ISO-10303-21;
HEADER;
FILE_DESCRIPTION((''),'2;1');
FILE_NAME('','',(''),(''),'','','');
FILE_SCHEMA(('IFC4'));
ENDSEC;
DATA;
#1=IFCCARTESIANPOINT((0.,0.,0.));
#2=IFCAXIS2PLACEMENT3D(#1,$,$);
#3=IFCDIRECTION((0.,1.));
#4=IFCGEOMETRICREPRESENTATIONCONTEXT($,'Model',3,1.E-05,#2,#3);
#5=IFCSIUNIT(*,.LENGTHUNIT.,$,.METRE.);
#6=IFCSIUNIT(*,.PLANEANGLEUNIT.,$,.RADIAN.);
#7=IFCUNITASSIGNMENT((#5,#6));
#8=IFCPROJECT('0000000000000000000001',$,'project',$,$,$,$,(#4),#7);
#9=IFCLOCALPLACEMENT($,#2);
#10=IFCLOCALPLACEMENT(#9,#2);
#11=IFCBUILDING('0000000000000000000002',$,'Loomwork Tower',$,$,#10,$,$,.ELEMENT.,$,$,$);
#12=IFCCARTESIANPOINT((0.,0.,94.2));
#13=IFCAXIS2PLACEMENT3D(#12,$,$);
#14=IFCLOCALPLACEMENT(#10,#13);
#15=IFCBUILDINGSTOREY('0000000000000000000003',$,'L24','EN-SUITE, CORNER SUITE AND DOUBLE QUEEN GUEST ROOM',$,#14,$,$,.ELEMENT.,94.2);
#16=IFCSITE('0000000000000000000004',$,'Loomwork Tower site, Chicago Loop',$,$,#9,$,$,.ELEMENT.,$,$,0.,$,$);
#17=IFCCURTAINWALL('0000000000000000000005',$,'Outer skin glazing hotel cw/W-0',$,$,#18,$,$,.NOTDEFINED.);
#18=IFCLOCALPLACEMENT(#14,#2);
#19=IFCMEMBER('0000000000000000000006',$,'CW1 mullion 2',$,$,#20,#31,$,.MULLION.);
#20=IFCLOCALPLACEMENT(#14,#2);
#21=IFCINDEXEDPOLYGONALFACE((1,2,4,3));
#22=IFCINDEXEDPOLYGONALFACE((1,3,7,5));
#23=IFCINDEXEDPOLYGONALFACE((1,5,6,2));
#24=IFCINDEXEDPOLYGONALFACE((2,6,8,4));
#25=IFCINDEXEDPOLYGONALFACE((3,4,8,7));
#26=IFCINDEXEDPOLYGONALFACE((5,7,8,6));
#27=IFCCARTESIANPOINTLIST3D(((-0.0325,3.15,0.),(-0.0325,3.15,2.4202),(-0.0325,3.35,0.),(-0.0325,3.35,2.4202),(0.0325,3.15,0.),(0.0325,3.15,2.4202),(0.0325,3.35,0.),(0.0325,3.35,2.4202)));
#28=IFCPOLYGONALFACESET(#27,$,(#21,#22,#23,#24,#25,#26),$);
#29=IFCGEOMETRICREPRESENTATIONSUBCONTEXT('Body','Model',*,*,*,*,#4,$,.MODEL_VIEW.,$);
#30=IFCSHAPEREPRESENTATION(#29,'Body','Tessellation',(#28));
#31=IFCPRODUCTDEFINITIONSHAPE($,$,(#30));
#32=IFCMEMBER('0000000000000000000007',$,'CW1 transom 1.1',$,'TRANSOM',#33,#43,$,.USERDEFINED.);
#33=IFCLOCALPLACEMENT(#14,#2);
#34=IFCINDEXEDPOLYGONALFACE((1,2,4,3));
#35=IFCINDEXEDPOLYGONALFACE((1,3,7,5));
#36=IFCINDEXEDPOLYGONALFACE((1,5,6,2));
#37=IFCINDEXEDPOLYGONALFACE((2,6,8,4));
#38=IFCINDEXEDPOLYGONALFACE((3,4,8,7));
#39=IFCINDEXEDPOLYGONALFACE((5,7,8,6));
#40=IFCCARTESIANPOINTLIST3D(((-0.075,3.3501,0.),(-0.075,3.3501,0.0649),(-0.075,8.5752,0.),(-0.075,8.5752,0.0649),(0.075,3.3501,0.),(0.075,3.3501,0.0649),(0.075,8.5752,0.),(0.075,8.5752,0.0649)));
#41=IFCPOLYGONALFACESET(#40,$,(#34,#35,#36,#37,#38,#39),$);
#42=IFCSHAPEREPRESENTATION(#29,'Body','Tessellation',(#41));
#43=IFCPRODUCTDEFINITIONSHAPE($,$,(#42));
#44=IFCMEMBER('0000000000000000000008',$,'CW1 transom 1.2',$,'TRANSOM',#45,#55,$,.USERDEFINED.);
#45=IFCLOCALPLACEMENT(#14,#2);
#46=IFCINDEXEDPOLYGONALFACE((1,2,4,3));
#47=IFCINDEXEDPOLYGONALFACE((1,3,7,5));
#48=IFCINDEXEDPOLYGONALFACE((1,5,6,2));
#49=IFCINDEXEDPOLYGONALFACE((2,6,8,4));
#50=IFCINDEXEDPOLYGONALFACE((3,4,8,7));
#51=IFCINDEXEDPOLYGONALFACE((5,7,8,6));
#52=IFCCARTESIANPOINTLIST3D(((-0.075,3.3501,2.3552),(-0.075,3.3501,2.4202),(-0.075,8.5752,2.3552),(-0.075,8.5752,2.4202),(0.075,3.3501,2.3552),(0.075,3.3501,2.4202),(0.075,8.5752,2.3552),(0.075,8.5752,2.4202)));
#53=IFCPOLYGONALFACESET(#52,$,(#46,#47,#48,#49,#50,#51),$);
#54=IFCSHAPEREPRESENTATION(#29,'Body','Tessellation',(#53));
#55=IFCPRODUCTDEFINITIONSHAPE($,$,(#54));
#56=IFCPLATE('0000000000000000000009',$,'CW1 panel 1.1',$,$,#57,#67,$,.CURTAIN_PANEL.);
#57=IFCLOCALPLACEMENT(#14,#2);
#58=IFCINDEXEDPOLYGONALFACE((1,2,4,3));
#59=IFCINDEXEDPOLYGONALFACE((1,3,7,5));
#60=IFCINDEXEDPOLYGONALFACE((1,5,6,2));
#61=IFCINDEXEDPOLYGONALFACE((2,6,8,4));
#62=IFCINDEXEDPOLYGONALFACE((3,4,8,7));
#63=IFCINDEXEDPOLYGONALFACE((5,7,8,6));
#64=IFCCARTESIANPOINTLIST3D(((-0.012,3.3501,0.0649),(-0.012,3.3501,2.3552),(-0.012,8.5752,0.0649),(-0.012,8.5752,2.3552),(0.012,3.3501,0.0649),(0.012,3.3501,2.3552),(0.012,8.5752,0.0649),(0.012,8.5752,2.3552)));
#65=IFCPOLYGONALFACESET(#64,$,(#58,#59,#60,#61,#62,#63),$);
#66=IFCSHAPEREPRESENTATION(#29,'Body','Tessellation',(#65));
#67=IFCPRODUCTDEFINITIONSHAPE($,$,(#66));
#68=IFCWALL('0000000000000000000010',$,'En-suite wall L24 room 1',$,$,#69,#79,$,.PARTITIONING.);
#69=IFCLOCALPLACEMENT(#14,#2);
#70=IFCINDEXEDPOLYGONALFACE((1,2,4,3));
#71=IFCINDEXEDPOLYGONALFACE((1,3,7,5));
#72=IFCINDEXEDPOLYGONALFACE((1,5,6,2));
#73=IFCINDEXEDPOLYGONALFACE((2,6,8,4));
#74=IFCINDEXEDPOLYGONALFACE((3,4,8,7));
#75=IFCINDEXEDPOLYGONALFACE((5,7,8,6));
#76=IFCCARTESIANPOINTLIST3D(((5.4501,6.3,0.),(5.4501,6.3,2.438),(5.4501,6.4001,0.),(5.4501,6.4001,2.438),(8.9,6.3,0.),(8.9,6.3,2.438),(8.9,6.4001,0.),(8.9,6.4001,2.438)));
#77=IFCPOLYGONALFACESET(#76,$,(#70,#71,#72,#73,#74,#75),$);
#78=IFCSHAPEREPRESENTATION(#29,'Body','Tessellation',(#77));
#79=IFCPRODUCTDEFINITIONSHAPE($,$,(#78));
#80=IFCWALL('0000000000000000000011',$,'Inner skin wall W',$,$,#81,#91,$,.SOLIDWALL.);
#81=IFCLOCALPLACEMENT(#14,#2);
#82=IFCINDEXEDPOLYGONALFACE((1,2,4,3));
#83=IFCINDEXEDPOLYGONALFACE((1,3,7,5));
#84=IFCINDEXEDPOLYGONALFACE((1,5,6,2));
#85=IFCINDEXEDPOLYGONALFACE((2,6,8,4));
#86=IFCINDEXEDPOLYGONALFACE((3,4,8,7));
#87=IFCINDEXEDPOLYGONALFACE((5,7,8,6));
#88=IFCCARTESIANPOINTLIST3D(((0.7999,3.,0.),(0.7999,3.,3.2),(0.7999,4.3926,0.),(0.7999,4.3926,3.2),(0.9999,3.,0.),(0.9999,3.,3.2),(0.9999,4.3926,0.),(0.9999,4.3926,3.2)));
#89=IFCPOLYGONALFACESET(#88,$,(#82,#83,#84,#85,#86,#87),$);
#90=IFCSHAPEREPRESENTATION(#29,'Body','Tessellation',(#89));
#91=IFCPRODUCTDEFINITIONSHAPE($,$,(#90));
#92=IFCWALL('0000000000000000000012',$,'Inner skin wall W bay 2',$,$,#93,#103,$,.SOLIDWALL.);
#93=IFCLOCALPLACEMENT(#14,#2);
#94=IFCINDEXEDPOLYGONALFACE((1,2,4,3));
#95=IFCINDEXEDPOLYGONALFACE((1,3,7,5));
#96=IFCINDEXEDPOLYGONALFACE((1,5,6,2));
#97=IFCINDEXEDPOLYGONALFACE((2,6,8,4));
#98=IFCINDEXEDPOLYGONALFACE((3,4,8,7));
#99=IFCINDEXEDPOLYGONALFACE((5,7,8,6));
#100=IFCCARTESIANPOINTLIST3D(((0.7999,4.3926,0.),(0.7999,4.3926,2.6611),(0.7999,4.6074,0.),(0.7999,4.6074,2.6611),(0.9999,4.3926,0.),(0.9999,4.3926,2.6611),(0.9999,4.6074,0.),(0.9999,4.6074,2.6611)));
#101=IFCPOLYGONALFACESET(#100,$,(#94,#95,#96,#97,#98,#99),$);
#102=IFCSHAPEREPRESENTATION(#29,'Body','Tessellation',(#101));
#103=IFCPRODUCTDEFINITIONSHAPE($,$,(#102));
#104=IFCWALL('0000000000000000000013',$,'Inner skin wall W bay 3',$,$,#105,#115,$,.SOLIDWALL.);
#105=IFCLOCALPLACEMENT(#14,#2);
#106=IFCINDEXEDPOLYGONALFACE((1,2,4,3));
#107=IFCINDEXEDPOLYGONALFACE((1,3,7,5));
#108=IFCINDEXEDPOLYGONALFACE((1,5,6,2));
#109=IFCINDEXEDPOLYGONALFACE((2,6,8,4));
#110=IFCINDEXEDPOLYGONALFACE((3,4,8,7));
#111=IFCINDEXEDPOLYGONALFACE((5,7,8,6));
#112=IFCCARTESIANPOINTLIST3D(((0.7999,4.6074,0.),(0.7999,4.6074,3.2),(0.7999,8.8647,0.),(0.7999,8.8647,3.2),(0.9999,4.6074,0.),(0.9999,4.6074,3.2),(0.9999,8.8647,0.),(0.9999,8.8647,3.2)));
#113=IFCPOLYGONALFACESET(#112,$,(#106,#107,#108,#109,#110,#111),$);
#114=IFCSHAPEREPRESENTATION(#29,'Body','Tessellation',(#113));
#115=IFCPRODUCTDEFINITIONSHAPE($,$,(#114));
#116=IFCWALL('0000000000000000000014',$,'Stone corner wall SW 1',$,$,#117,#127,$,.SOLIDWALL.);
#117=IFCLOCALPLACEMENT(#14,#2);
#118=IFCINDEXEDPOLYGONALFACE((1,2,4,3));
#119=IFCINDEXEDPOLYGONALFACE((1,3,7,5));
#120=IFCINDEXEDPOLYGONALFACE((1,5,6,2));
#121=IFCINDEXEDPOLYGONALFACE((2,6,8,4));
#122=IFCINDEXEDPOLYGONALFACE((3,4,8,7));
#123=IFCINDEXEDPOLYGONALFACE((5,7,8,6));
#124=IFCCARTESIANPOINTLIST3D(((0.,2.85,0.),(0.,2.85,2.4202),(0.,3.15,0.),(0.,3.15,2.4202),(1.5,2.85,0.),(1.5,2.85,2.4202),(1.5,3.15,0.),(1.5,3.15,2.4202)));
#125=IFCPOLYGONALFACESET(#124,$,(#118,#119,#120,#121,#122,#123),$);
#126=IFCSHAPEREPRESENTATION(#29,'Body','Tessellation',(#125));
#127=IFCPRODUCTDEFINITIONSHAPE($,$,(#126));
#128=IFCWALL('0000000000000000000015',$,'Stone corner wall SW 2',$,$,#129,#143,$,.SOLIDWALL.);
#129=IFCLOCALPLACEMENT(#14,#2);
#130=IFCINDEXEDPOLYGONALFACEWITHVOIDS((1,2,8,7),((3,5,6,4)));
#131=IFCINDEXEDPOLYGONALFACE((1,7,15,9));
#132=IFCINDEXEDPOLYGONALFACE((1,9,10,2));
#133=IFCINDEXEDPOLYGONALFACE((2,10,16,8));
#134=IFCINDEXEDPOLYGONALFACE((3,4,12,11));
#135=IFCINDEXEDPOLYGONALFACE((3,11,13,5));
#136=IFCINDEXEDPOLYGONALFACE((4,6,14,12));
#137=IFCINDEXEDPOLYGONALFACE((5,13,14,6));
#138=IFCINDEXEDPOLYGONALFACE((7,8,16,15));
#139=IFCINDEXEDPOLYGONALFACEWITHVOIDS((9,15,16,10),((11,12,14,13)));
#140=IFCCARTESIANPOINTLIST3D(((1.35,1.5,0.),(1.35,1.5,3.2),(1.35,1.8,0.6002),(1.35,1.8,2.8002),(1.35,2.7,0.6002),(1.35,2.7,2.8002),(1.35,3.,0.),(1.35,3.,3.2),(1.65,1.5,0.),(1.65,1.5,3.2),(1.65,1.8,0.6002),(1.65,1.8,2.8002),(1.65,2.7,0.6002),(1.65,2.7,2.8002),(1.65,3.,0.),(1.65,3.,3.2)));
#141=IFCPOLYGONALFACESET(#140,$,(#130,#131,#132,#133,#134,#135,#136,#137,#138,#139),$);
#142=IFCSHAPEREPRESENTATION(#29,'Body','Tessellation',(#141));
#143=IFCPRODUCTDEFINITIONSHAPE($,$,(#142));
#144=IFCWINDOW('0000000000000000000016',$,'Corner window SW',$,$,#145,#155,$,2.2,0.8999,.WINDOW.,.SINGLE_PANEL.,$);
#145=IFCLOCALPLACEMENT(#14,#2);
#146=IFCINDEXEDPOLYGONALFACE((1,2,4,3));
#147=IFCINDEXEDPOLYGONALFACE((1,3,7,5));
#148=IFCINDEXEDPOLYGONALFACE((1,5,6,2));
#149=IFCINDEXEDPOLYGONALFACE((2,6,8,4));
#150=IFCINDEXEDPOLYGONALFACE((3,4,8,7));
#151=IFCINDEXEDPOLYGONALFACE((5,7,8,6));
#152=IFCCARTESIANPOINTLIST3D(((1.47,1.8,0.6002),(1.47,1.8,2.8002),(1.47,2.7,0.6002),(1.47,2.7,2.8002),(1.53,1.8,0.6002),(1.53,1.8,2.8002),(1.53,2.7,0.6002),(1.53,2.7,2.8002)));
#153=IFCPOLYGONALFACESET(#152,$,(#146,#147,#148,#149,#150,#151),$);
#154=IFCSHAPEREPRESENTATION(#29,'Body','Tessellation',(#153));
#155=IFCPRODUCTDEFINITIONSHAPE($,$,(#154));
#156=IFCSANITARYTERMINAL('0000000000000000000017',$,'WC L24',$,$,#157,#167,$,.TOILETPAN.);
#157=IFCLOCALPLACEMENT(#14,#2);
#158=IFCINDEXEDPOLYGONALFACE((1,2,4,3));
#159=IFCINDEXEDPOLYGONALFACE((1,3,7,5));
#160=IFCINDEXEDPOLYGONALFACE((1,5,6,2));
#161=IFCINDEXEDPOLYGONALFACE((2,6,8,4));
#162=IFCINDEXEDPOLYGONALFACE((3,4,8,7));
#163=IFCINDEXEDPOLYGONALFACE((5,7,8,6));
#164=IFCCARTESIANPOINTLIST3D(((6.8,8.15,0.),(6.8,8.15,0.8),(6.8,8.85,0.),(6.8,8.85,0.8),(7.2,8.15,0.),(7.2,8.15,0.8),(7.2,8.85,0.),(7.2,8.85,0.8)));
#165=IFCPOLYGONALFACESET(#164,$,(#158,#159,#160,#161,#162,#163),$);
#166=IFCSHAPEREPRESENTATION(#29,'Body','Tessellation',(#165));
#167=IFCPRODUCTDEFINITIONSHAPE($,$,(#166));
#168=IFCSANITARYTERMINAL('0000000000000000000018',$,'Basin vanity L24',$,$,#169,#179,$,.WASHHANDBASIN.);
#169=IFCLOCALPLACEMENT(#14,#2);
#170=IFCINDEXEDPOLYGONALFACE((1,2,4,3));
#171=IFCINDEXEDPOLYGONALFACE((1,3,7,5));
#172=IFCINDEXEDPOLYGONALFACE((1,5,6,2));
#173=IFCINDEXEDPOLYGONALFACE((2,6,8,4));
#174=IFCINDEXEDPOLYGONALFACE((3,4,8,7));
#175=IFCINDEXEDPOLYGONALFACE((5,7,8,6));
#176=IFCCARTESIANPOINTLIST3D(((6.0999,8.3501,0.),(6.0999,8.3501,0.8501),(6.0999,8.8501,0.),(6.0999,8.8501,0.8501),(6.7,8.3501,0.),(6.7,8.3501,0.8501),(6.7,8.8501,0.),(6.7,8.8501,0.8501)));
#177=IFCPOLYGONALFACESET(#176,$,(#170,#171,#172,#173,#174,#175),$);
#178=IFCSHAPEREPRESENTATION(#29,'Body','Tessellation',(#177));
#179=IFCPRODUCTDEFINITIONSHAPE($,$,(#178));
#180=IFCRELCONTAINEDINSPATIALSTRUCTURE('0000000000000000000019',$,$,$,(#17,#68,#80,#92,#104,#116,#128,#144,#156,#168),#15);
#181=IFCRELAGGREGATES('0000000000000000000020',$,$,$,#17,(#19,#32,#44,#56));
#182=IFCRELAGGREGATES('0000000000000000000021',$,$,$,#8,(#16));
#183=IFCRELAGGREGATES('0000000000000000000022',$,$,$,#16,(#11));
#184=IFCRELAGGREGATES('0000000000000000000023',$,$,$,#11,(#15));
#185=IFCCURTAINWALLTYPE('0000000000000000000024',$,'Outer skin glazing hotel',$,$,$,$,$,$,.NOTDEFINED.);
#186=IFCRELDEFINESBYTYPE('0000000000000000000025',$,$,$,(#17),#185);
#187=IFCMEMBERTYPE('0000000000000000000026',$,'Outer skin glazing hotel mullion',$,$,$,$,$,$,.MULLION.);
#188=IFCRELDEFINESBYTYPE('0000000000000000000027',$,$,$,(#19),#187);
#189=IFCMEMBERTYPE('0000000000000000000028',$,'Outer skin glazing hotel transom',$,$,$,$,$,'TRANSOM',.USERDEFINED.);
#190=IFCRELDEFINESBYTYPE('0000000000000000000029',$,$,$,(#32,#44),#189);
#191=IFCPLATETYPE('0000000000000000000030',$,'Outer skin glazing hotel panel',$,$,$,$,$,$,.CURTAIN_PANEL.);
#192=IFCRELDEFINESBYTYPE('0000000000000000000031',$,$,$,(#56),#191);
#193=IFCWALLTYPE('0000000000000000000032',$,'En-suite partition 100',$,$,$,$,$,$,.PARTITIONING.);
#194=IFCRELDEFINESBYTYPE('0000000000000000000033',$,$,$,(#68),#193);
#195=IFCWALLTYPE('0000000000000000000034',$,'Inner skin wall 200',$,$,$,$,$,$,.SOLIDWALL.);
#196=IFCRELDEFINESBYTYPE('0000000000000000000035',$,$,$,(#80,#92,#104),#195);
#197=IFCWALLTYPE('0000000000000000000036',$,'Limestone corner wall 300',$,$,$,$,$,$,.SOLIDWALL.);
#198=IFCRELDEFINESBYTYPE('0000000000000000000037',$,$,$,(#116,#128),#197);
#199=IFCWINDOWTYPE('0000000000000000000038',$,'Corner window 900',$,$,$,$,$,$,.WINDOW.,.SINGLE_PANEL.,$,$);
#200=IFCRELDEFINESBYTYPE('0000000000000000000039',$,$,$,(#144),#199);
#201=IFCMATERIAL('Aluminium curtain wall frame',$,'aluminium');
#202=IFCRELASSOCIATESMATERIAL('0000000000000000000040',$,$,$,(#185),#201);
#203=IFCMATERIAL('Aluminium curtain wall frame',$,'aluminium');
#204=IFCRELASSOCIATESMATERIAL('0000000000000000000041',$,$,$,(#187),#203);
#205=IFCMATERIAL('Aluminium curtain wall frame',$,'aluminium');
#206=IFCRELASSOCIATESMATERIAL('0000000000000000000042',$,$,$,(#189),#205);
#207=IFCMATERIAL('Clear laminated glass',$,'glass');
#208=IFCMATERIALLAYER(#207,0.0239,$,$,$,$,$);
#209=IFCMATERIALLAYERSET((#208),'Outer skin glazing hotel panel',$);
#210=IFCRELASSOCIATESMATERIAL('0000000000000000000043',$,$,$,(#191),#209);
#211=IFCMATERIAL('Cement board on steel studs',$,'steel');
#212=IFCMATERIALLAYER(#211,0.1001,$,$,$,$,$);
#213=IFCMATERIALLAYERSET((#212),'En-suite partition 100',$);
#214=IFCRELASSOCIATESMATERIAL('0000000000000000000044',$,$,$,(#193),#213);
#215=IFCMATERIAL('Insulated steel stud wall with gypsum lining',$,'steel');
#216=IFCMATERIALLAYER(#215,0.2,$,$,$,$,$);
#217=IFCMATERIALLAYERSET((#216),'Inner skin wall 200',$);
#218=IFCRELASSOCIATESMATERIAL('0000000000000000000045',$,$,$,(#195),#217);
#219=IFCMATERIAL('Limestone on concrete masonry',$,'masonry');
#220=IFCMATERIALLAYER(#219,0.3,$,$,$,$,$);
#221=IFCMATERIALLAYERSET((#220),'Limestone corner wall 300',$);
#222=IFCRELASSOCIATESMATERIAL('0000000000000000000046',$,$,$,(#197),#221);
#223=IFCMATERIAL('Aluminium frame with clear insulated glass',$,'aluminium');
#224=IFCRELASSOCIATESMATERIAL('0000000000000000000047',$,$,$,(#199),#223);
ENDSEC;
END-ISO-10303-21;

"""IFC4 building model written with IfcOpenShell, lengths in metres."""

from ifc_helpers import new_model, si_unit, direction, frame, frame_2d, origin, origin_2d, place, context, subcontext, project, spatial, rectangle, extrude, material, layer, layer_set, material_profile, profile_set, type_object, element, fill, aggregate, save


model = new_model("IFC4")

# Units and contexts
model_context = context("Model", 3, precision=1e-05, world=origin(), true_north=direction((0.0, 1.0)))
body_context = subcontext(model_context, "Body", "Model", "MODEL_VIEW")
ifc_project = project(units=[si_unit("LENGTHUNIT", "METRE"), si_unit("PLANEANGLEUNIT", "RADIAN")], contexts=[model_context])

# Site, building, storey
site_placement = place(None, origin())
site = spatial("IfcSite", under=ifc_project, at=site_placement, Name="Loomwork Tower site, Chicago Loop", CompositionType="ELEMENT", RefElevation=0.0)
building_placement = place(site_placement, origin())
building = spatial("IfcBuilding", under=site, at=building_placement, Name="Loomwork Tower", CompositionType="ELEMENT")
storey_placement = place(building_placement, frame((0.0, 0.0, 94.2)))
storey = spatial("IfcBuildingStorey", under=building, at=storey_placement, Name="L24", Description="EN-SUITE, CORNER SUITE AND DOUBLE QUEEN GUEST ROOM", CompositionType="ELEMENT", Elevation=94.2)

# Curtain wall, members, plate
ifc_material_1 = material(Name="Aluminium curtain wall frame", Category="aluminium")
curtain_wall_type = type_object("IfcCurtainWallType", Name="Outer skin glazing hotel", PredefinedType="NOTDEFINED", material=ifc_material_1)
curtain_wall_placement = place(storey_placement, origin())
curtain_wall = element("IfcCurtainWall", 1, at=curtain_wall_placement, inside=storey, type_object=curtain_wall_type, Name="Outer skin glazing hotel cw/W-0", PredefinedType="NOTDEFINED")
ifc_material_2 = material(Name="Aluminium curtain wall frame", Category="aluminium")
ifc_material_profile_1 = material_profile(ifc_material_2, rectangle(XDim=0.0649, YDim=0.2, at=origin_2d()), Name="AL 65x200")
ifc_profile_set_1 = profile_set([ifc_material_profile_1], Name="Aluminium curtain wall frame")
member_type_1 = type_object("IfcMemberType", Name="Outer skin glazing hotel mullion", PredefinedType="MULLION", material=ifc_profile_set_1)
member_1_placement = place(storey_placement, frame((0.0, 3.25, 0.0), z_axis=(0.0, 0.0, 1.0), x_axis=(1.0, 0.0, 0.0)))
member_1 = element("IfcMember", 2, at=member_1_placement, type_object=member_type_1, Name="CW1 mullion 2", PredefinedType="MULLION", context=body_context, shape_type="SweptSolid", body=[
    extrude(rectangle(XDim=0.0649, YDim=0.2, at=origin_2d()), origin(), (0.0, 0.0, 1.0), 2.4202),
])
ifc_material_3 = material(Name="Aluminium curtain wall frame", Category="aluminium")
ifc_material_profile_2 = material_profile(ifc_material_3, rectangle(XDim=0.1499, YDim=0.0649, at=origin_2d()), Name="AL 65x150")
ifc_profile_set_2 = profile_set([ifc_material_profile_2], Name="Aluminium curtain wall frame")
member_type_2 = type_object("IfcMemberType", Name="Outer skin glazing hotel transom", ElementType="TRANSOM", PredefinedType="USERDEFINED", material=ifc_profile_set_2)
member_2_placement = place(storey_placement, frame((0.0, 8.5752, 0.0325), z_axis=(0.0, -1.0, 0.0), x_axis=(1.0, 0.0, 0.0)))
member_2 = element("IfcMember", 3, at=member_2_placement, type_object=member_type_2, Name="CW1 transom 1.1", ObjectType="TRANSOM", PredefinedType="USERDEFINED", context=body_context, shape_type="SweptSolid", body=[
    extrude(rectangle(XDim=0.1499, YDim=0.0649, at=origin_2d()), origin(), (0.0, 0.0, 1.0), 5.2251),
])
member_3_placement = place(storey_placement, frame((0.0, 8.5752, 2.3877), z_axis=(0.0, -1.0, 0.0), x_axis=(1.0, 0.0, 0.0)))
member_3 = element("IfcMember", 4, at=member_3_placement, type_object=member_type_2, Name="CW1 transom 1.2", ObjectType="TRANSOM", PredefinedType="USERDEFINED", context=body_context, shape_type="SweptSolid", body=[
    extrude(rectangle(XDim=0.1499, YDim=0.0649, at=origin_2d()), origin(), (0.0, 0.0, 1.0), 5.2251),
])
ifc_material_4 = material(Name="Clear laminated glass", Category="glass")
ifc_layer_1 = layer(ifc_material_4, 0.0239)
ifc_layer_set_1 = layer_set([ifc_layer_1], Name="Outer skin glazing hotel panel")
plate_type = type_object("IfcPlateType", Name="Outer skin glazing hotel panel", PredefinedType="CURTAIN_PANEL", material=ifc_layer_set_1)
plate_placement = place(storey_placement, frame((0.0, 5.9626, 0.0649), z_axis=(0.0, 0.0, 1.0), x_axis=(0.0, -1.0, 0.0)))
plate = element("IfcPlate", 5, at=plate_placement, type_object=plate_type, Name="CW1 panel 1.1", PredefinedType="CURTAIN_PANEL", context=body_context, shape_type="SweptSolid", body=[
    extrude(rectangle(XDim=5.2251, YDim=0.0239, at=origin_2d()), origin(), (0.0, 0.0, 1.0), 2.2903),
])
aggregate(curtain_wall, [member_1, member_2, member_3, plate])

# Walls
ifc_material_5 = material(Name="Cement board on steel studs", Category="steel")
ifc_layer_2 = layer(ifc_material_5, 0.1001)
ifc_layer_set_2 = layer_set([ifc_layer_2], Name="En-suite partition 100")
wall_type_1 = type_object("IfcWallType", Name="En-suite partition 100", PredefinedType="PARTITIONING", material=ifc_layer_set_2)
wall_1_placement = place(storey_placement, frame((5.45, 6.3501, 0.0), z_axis=(0.0, 0.0, 1.0), x_axis=(1.0, 0.0, 0.0)))
element("IfcWall", 6, at=wall_1_placement, inside=storey, type_object=wall_type_1, Name="En-suite wall L24 room 1", PredefinedType="PARTITIONING", context=body_context, shape_type="SweptSolid", body=[
    extrude(rectangle(XDim=3.45, YDim=0.1001, at=frame_2d((1.7251, 0.0))), origin(), (0.0, 0.0, 1.0), 2.438),
])
ifc_material_6 = material(Name="Insulated steel stud wall with gypsum lining", Category="steel")
ifc_layer_3 = layer(ifc_material_6, 0.2)
ifc_layer_set_3 = layer_set([ifc_layer_3], Name="Inner skin wall 200")
wall_type_2 = type_object("IfcWallType", Name="Inner skin wall 200", PredefinedType="SOLIDWALL", material=ifc_layer_set_3)
wall_2_placement = place(storey_placement, frame((0.8999, 3.0, 0.0), z_axis=(0.0, 0.0, 1.0), x_axis=(0.0, 1.0, 0.0)))
element("IfcWall", 7, at=wall_2_placement, inside=storey, type_object=wall_type_2, Name="Inner skin wall W", PredefinedType="SOLIDWALL", context=body_context, shape_type="SweptSolid", body=[
    extrude(rectangle(XDim=1.3926, YDim=0.2, at=frame_2d((0.6963, 0.0))), origin(), (0.0, 0.0, 1.0), 3.2),
])
wall_3_placement = place(storey_placement, frame((0.8999, 4.3926, 0.0), z_axis=(0.0, 0.0, 1.0), x_axis=(0.0, 1.0, 0.0)))
element("IfcWall", 8, at=wall_3_placement, inside=storey, type_object=wall_type_2, Name="Inner skin wall W bay 2", PredefinedType="SOLIDWALL", context=body_context, shape_type="SweptSolid", body=[
    extrude(rectangle(XDim=0.2148, YDim=0.2, at=frame_2d((0.1074, 0.0))), origin(), (0.0, 0.0, 1.0), 2.6611),
])
wall_4_placement = place(storey_placement, frame((0.8999, 4.6074, 0.0), z_axis=(0.0, 0.0, 1.0), x_axis=(0.0, 1.0, 0.0)))
element("IfcWall", 9, at=wall_4_placement, inside=storey, type_object=wall_type_2, Name="Inner skin wall W bay 3", PredefinedType="SOLIDWALL", context=body_context, shape_type="SweptSolid", body=[
    extrude(rectangle(XDim=4.2573, YDim=0.2, at=frame_2d((2.1287, 0.0))), origin(), (0.0, 0.0, 1.0), 3.2),
])
ifc_material_7 = material(Name="Limestone on concrete masonry", Category="masonry")
ifc_layer_4 = layer(ifc_material_7, 0.3)
ifc_layer_set_4 = layer_set([ifc_layer_4], Name="Limestone corner wall 300")
wall_type_3 = type_object("IfcWallType", Name="Limestone corner wall 300", PredefinedType="SOLIDWALL", material=ifc_layer_set_4)
wall_5_placement = place(storey_placement, frame((0.0, 3.0, 0.0), z_axis=(0.0, 0.0, 1.0), x_axis=(1.0, 0.0, 0.0)))
element("IfcWall", 10, at=wall_5_placement, inside=storey, type_object=wall_type_3, Name="Stone corner wall SW 1", PredefinedType="SOLIDWALL", context=body_context, shape_type="SweptSolid", body=[
    extrude(rectangle(XDim=1.5, YDim=0.3, at=frame_2d((0.75, 0.0))), origin(), (0.0, 0.0, 1.0), 2.4202),
])

# Wall, opening, window
wall_6_placement = place(storey_placement, frame((1.5, 3.0, 0.0), z_axis=(0.0, 0.0, 1.0), x_axis=(0.0, -1.0, 0.0)))
wall_6 = element("IfcWall", 11, at=wall_6_placement, inside=storey, type_object=wall_type_3, Name="Stone corner wall SW 2", PredefinedType="SOLIDWALL", context=body_context, shape_type="SweptSolid", body=[
    extrude(rectangle(XDim=1.5, YDim=0.3, at=frame_2d((0.75, 0.0))), origin(), (0.0, 0.0, 1.0), 3.2),
])
opening_placement = place(wall_6_placement, frame((0.3, 0.0, 0.6001)))
opening = element("IfcOpeningElement", 12, at=opening_placement, cuts=wall_6, PredefinedType="OPENING", context=body_context, shape_type="SweptSolid", body=[
    extrude(rectangle(XDim=0.8999, YDim=2.2, at=frame_2d((0.45, 1.1001))), frame((0.0, 0.1599, 0.0), z_axis=(0.0, -1.0, 0.0), x_axis=(1.0, 0.0, 0.0)), (0.0, 0.0, 1.0), 0.3201),
])
ifc_material_8 = material(Name="Aluminium frame with clear insulated glass", Category="aluminium")
window_type = type_object("IfcWindowType", Name="Corner window 900", PartitioningType="SINGLE_PANEL", PredefinedType="WINDOW", material=ifc_material_8)
window_placement = place(opening_placement, origin())
window = element("IfcWindow", 13, at=window_placement, inside=storey, type_object=window_type, Name="Corner window SW", OverallHeight=2.2, OverallWidth=0.8999, PartitioningType="SINGLE_PANEL", PredefinedType="WINDOW", context=body_context, shape_type="SweptSolid", body=[
    extrude(rectangle(XDim=0.8999, YDim=2.2, at=frame_2d((0.45, 1.1001))), frame((0.0, 0.03, 0.0), z_axis=(0.0, -1.0, 0.0), x_axis=(1.0, 0.0, 0.0)), (0.0, 0.0, 1.0), 0.0601),
])
fill(opening, window)

# Sanitary terminals
sanitary_terminal_1_placement = place(storey_placement, frame((7.0, 8.5, 0.0), z_axis=(0.0, 0.0, 1.0), x_axis=(1.0, 0.0, 0.0)))
element("IfcSanitaryTerminal", 14, at=sanitary_terminal_1_placement, inside=storey, Name="WC L24", PredefinedType="TOILETPAN", context=body_context, shape_type="SweptSolid", body=[
    extrude(rectangle(XDim=0.3999, YDim=0.7, at=origin_2d()), origin(), (0.0, 0.0, 1.0), 0.8),
])
sanitary_terminal_2_placement = place(storey_placement, frame((6.3999, 8.6001, 0.0), z_axis=(0.0, 0.0, 1.0), x_axis=(1.0, 0.0, 0.0)))
element("IfcSanitaryTerminal", 15, at=sanitary_terminal_2_placement, inside=storey, Name="Basin vanity L24", PredefinedType="WASHHANDBASIN", context=body_context, shape_type="SweptSolid", body=[
    extrude(rectangle(XDim=0.6001, YDim=0.5, at=origin_2d()), origin(), (0.0, 0.0, 1.0), 0.8501),
])

save(model, "model.ifc")
